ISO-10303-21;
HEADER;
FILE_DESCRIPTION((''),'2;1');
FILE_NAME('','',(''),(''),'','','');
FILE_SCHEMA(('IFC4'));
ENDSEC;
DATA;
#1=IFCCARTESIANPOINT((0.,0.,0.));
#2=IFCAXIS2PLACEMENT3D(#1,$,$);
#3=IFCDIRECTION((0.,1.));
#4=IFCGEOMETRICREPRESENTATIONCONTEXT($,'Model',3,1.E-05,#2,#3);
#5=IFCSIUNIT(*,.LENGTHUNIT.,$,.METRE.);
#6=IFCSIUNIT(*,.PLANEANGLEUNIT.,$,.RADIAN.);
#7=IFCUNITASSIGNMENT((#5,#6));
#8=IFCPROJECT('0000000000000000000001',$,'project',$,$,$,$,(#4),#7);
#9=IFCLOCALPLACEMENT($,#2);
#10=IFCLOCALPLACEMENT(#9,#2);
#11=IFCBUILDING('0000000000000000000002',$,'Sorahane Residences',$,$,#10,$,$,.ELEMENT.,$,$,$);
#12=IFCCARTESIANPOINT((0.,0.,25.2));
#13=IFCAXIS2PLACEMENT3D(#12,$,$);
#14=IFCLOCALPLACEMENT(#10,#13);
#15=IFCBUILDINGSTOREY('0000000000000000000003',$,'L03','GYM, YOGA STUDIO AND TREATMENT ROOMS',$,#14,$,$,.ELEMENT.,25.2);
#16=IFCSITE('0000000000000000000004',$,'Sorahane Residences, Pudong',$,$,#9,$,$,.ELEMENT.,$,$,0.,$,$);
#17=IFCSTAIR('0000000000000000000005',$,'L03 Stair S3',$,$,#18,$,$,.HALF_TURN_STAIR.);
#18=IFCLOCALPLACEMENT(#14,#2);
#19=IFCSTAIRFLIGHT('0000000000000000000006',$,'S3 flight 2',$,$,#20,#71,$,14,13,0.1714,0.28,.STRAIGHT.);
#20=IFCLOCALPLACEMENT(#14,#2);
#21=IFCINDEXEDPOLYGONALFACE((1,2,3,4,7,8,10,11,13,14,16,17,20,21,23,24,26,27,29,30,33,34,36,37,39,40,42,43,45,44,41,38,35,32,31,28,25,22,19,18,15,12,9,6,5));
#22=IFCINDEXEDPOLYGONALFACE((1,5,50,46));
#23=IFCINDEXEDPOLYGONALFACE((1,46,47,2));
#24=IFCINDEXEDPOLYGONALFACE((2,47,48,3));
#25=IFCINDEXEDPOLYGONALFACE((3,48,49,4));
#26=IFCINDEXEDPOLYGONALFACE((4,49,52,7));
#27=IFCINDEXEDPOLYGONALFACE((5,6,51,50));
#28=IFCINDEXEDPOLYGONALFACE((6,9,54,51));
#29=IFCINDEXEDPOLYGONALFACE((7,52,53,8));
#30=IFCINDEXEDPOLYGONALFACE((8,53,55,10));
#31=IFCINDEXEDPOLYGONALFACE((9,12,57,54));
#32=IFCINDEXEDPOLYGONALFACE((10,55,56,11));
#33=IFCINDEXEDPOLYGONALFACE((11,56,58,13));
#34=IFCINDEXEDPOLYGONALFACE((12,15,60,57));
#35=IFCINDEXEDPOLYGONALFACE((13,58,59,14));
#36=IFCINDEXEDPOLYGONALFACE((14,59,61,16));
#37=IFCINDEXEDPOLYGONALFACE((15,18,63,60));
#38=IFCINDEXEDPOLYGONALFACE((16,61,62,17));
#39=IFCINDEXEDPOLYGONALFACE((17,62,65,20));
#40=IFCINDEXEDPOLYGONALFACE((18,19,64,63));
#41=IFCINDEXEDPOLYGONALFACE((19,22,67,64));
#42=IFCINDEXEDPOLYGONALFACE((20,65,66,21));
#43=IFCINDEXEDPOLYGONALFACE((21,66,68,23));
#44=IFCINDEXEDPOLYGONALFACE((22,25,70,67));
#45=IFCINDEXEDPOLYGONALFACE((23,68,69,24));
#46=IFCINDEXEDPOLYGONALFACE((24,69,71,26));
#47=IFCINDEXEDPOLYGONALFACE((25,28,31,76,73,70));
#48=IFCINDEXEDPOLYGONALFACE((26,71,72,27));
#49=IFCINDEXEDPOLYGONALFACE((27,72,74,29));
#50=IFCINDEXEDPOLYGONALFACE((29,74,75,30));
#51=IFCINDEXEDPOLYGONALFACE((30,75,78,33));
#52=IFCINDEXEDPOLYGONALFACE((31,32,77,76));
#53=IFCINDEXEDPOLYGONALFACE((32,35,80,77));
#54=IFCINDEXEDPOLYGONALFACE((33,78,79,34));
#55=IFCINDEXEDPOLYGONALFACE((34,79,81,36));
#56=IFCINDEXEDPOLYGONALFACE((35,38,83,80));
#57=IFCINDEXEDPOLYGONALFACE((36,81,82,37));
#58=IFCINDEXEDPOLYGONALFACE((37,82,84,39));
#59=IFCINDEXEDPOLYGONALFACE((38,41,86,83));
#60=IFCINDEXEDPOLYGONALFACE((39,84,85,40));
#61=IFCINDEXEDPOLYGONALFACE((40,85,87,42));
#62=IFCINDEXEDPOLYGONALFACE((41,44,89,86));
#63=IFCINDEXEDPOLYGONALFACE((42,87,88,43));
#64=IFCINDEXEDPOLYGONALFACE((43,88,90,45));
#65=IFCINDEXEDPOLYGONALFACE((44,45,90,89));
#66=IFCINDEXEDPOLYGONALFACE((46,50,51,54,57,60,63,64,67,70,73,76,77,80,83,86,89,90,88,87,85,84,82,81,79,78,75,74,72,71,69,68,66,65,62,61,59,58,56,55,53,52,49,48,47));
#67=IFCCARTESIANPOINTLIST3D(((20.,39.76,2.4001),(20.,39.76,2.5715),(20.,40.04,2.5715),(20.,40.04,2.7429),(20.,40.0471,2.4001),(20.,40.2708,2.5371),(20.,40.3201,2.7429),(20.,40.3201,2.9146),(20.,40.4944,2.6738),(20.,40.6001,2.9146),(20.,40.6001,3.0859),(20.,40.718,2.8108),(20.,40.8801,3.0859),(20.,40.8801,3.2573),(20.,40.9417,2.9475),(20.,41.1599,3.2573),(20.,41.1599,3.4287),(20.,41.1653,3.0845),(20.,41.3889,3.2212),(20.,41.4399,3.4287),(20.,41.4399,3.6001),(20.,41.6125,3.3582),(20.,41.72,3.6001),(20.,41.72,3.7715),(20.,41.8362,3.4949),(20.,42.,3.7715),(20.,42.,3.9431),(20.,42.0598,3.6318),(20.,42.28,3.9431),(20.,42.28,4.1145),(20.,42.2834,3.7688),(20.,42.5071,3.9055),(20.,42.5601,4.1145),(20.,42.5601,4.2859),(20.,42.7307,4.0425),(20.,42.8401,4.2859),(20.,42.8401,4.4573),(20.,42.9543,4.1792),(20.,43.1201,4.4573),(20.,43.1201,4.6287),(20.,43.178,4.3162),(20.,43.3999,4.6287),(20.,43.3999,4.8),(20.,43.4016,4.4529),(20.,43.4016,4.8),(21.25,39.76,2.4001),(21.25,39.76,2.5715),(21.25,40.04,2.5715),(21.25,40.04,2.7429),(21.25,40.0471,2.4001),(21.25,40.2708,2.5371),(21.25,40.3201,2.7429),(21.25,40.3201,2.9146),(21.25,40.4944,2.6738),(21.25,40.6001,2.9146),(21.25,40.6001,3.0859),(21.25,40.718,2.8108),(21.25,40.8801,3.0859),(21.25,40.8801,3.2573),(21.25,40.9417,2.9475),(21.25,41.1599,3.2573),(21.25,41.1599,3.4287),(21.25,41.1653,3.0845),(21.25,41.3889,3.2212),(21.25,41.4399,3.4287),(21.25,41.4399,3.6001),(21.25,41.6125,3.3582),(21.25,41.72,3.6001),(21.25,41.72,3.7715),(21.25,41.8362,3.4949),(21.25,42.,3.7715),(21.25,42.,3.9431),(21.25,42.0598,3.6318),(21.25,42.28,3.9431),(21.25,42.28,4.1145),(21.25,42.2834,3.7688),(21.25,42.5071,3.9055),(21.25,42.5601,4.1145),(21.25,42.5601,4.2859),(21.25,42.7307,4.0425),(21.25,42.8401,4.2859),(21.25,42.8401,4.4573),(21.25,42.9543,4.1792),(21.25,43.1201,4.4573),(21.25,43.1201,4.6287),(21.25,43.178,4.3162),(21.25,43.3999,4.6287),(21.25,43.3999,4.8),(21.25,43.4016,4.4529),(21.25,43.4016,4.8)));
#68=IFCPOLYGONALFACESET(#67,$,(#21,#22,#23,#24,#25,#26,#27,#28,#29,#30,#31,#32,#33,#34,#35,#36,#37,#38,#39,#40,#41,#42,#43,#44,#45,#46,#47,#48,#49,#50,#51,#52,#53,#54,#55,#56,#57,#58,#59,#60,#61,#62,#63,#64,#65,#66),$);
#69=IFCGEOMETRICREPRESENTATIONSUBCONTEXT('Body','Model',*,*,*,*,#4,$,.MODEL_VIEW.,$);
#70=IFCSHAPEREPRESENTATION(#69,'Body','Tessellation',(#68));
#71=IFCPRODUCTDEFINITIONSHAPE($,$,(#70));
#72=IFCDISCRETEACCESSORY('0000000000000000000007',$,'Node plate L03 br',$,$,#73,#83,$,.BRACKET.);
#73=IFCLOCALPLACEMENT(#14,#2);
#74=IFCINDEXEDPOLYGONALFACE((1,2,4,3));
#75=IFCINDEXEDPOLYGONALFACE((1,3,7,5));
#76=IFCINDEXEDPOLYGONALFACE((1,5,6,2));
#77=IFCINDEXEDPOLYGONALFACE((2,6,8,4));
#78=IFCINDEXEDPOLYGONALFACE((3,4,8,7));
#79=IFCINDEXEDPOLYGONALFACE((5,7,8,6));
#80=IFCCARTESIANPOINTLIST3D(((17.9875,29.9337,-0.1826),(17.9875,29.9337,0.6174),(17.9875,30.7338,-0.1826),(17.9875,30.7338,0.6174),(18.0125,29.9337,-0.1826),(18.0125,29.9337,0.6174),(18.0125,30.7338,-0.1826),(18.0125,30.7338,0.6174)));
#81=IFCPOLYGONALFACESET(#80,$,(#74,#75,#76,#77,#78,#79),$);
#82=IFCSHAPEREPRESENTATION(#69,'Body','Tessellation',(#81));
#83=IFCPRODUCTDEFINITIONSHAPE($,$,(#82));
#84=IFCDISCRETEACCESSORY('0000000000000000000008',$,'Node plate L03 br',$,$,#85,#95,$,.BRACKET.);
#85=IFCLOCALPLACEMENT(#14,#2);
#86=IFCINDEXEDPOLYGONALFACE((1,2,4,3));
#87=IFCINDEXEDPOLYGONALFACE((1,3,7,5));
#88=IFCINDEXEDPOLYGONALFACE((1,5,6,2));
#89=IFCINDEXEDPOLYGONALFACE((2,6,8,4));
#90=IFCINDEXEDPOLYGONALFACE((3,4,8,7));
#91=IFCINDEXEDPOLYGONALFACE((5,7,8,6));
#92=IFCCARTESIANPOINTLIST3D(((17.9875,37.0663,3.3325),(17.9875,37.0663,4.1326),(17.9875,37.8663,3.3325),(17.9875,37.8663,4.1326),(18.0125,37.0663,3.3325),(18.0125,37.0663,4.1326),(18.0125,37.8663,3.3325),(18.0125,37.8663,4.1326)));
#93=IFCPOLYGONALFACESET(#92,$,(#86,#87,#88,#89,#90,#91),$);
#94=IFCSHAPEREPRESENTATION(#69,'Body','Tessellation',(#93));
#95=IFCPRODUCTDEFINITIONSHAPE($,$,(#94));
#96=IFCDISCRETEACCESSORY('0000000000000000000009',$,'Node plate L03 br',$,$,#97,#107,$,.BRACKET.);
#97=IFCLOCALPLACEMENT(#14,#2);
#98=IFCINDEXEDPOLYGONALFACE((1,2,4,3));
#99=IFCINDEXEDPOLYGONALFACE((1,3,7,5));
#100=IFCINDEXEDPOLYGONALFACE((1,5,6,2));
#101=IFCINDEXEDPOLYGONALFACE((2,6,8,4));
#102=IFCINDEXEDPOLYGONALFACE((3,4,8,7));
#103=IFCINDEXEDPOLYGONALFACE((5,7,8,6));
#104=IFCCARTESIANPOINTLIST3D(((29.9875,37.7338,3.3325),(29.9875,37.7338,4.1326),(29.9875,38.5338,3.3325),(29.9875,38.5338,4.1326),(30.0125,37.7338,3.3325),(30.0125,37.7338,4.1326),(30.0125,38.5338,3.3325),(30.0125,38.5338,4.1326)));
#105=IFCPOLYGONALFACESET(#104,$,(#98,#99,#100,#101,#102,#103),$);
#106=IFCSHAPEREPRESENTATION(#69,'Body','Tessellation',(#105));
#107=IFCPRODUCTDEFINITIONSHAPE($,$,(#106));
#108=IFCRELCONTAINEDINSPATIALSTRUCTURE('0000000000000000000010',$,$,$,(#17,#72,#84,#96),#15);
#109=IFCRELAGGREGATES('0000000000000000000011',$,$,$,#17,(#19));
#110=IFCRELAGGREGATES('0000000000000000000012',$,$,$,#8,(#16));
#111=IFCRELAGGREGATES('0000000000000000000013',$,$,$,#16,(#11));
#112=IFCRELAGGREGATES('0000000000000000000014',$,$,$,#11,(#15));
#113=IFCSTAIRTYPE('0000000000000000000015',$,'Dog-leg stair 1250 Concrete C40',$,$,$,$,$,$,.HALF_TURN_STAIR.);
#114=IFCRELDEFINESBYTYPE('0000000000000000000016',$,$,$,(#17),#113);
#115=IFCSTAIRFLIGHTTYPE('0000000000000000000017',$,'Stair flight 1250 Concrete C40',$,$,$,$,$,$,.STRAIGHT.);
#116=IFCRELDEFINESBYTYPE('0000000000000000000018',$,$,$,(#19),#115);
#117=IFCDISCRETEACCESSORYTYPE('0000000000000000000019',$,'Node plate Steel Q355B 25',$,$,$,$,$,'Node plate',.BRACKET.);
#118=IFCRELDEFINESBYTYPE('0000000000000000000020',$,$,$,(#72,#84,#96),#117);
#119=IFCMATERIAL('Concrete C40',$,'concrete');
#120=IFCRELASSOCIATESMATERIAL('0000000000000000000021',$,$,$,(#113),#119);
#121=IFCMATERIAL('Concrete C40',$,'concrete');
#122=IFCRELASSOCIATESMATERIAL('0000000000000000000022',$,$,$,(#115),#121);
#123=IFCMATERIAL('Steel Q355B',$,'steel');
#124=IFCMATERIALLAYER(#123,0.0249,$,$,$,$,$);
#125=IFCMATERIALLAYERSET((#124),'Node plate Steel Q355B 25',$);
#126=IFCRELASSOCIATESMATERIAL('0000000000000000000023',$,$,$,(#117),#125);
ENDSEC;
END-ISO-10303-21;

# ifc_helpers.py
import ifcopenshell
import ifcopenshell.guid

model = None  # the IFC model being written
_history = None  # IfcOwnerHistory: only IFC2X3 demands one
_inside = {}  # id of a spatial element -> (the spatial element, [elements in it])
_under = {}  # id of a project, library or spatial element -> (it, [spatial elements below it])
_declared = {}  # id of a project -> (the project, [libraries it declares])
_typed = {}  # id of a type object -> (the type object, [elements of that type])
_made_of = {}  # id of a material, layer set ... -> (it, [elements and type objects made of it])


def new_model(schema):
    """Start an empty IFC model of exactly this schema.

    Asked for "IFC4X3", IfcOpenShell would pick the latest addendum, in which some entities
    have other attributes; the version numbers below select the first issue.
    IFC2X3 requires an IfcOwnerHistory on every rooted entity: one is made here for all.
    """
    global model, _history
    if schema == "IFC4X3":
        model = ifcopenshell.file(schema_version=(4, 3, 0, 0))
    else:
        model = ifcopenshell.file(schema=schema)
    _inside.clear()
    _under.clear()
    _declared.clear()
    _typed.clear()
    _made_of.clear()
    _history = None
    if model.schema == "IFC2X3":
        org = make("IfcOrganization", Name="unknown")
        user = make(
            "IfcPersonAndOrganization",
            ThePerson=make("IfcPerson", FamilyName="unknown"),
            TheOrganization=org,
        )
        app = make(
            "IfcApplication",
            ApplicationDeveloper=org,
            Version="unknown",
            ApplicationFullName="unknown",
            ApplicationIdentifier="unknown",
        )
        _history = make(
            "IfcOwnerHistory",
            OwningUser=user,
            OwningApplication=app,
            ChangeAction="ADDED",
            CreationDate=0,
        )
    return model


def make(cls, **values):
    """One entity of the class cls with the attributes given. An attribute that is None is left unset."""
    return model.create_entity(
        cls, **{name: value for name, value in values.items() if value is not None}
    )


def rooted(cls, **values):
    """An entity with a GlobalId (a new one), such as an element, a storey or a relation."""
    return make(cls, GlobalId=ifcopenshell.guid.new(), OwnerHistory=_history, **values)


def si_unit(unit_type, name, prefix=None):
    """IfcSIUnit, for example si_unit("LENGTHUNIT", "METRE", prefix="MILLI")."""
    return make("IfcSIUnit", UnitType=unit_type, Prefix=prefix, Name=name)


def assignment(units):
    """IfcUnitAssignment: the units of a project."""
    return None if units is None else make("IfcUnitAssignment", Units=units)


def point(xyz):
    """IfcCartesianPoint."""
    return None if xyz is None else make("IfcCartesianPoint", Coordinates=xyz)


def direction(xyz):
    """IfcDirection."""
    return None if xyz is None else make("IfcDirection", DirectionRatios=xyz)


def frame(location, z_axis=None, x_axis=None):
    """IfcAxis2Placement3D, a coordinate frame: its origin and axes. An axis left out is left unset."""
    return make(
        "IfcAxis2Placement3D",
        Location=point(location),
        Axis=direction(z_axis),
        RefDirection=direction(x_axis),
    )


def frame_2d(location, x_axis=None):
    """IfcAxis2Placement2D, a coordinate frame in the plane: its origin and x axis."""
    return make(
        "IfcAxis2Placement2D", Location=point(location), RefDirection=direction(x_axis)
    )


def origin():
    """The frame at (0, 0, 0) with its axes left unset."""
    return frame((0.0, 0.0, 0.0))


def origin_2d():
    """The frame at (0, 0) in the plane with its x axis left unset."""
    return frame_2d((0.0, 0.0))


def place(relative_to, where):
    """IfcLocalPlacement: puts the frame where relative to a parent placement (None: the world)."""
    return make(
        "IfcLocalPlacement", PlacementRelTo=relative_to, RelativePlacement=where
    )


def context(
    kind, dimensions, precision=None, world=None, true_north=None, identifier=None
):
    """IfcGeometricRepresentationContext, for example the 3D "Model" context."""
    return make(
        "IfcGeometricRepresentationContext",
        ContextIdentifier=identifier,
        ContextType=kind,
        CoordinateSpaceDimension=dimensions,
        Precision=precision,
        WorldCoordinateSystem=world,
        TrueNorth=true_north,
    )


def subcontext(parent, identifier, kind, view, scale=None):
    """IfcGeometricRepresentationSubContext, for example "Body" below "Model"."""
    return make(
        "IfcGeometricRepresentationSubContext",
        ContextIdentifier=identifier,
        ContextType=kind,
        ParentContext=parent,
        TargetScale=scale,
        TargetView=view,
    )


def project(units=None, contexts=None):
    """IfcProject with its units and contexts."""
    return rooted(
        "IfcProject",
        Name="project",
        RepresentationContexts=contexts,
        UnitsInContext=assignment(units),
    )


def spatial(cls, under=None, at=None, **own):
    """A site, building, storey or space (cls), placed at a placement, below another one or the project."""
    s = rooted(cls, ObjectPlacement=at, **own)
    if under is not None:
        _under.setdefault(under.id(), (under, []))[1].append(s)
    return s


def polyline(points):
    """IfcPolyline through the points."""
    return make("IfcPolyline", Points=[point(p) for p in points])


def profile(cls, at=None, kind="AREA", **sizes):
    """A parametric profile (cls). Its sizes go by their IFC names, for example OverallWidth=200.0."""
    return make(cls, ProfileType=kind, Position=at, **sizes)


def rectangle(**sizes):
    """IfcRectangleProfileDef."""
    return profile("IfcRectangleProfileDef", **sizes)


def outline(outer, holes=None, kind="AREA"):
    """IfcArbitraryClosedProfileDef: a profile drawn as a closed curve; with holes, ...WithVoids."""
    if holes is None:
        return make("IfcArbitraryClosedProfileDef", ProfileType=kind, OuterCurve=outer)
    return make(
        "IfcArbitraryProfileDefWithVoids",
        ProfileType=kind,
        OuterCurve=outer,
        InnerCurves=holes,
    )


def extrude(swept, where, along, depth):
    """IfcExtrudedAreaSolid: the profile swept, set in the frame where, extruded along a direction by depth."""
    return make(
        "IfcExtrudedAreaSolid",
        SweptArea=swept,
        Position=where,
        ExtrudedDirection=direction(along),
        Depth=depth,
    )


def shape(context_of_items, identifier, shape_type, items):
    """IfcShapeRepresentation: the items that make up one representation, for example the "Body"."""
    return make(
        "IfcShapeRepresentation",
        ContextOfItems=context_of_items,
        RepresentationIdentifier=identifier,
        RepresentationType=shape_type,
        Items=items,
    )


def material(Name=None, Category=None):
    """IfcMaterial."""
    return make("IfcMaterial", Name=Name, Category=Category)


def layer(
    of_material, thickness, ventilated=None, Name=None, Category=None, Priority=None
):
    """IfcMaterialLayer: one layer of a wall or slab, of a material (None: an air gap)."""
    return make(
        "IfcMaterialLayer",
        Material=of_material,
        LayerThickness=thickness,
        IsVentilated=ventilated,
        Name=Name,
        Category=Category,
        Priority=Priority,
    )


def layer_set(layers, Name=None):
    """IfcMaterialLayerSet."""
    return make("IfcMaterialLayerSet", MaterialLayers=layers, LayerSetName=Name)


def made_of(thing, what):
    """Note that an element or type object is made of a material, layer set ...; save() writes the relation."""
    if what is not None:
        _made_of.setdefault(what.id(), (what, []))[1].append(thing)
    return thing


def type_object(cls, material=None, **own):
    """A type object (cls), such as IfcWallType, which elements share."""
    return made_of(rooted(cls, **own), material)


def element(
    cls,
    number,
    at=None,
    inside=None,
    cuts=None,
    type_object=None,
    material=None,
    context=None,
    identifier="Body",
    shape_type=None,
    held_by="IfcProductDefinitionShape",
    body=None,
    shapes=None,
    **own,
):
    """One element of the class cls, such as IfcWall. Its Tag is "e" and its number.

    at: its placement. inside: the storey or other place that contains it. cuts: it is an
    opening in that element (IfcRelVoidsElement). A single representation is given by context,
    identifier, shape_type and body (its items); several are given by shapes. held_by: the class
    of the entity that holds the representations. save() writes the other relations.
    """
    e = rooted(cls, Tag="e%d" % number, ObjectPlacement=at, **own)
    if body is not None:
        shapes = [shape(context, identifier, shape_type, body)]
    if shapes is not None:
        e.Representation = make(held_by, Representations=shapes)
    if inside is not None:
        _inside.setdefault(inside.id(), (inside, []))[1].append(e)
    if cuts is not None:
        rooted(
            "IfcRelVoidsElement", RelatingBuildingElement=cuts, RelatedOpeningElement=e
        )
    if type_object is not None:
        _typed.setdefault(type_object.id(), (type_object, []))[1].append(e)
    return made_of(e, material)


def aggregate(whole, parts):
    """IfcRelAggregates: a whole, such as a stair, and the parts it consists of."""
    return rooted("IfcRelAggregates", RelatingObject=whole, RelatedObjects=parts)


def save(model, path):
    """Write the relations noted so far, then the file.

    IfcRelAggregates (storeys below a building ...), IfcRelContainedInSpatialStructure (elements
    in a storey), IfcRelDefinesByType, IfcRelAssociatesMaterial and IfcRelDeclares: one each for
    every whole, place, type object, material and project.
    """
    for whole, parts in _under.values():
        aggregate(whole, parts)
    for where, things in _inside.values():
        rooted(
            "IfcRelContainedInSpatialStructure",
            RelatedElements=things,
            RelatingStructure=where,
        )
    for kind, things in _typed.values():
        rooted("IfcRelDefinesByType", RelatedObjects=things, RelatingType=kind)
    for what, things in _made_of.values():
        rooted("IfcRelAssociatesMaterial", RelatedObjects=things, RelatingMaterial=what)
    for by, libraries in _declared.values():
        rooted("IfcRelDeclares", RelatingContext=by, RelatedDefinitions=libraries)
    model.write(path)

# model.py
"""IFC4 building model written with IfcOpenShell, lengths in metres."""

from ifc_helpers import new_model, si_unit, direction, frame, origin, origin_2d, place, context, subcontext, project, spatial, polyline, rectangle, outline, extrude, material, layer, layer_set, type_object, element, aggregate, save


model = new_model("IFC4")

# Units and contexts
model_context = context("Model", 3, precision=1e-05, world=origin(), true_north=direction((0.0, 1.0)))
body_context = subcontext(model_context, "Body", "Model", "MODEL_VIEW")
ifc_project = project(units=[si_unit("LENGTHUNIT", "METRE"), si_unit("PLANEANGLEUNIT", "RADIAN")], contexts=[model_context])

# Site, building, storey
site_placement = place(None, origin())
site = spatial("IfcSite", under=ifc_project, at=site_placement, Name="Sorahane Residences, Pudong", CompositionType="ELEMENT", RefElevation=0.0)
building_placement = place(site_placement, origin())
building = spatial("IfcBuilding", under=site, at=building_placement, Name="Sorahane Residences", CompositionType="ELEMENT")
storey_placement = place(building_placement, frame((0.0, 0.0, 25.2)))
storey = spatial("IfcBuildingStorey", under=building, at=storey_placement, Name="L03", Description="GYM, YOGA STUDIO AND TREATMENT ROOMS", CompositionType="ELEMENT", Elevation=25.2)

# Stair, stair flight
ifc_material_1 = material(Name="Concrete C40", Category="concrete")
stair_type = type_object("IfcStairType", Name="Dog-leg stair 1250 Concrete C40", PredefinedType="HALF_TURN_STAIR", material=ifc_material_1)
stair_placement = place(storey_placement, origin())
stair = element("IfcStair", 1, at=stair_placement, inside=storey, type_object=stair_type, Name="L03 Stair S3", PredefinedType="HALF_TURN_STAIR")
ifc_material_2 = material(Name="Concrete C40", Category="concrete")
stair_flight_type = type_object("IfcStairFlightType", Name="Stair flight 1250 Concrete C40", PredefinedType="STRAIGHT", material=ifc_material_2)
stair_flight_placement = place(storey_placement, frame((20.625, 39.76, 2.4001), z_axis=(0.0, 0.0, 1.0), x_axis=(0.0, 1.0, 0.0)))
stair_flight = element("IfcStairFlight", 2, at=stair_flight_placement, type_object=stair_flight_type, Name="S3 flight 2", NumberOfRisers=14, NumberOfTreads=13, PredefinedType="STRAIGHT", RiserHeight=0.1714, TreadLength=0.28, context=body_context, shape_type="SweptSolid", body=[
    extrude(outline(polyline([(0.0, 0.0), (0.0, 0.1714), (0.28, 0.1714), (0.28, 0.3428), (0.5601, 0.3428), (0.5601, 0.5144), (0.8401, 0.5144), (0.8401, 0.6858), (1.1201, 0.6858), (1.1201, 0.8572), (1.3999, 0.8572), (1.3999, 1.0286), (1.6799, 1.0286), (1.6799, 1.2), (1.96, 1.2), (1.96, 1.3713), (2.24, 1.3713), (2.24, 1.543), (2.52, 1.543), (2.52, 1.7144), (2.8, 1.7144), (2.8, 1.8857), (3.0801, 1.8857), (3.0801, 2.0571), (3.3601, 2.0571), (3.3601, 2.2285), (3.6399, 2.2285), (3.6399, 2.3999), (3.6416, 2.3999), (3.6416, 2.0527), (3.418, 1.916), (3.1943, 1.7791), (2.9707, 1.6423), (2.7471, 1.5054), (2.5234, 1.3687), (2.2998, 1.2317), (2.0762, 1.0947), (1.8525, 0.958), (1.6289, 0.821), (1.4053, 0.6843), (1.1816, 0.5474), (0.958, 0.4106), (0.7344, 0.2737), (0.5107, 0.137), (0.2871, 0.0), (0.0, 0.0)])), frame((0.0, 0.625, 0.0), z_axis=(0.0, -1.0, 0.0), x_axis=(1.0, 0.0, 0.0)), (0.0, 0.0, 1.0), 1.25),
])
aggregate(stair, [stair_flight])

# Discrete accessories
ifc_material_3 = material(Name="Steel Q355B", Category="steel")
ifc_layer_1 = layer(ifc_material_3, 0.0249)
ifc_layer_set_1 = layer_set([ifc_layer_1], Name="Node plate Steel Q355B 25")
discrete_accessory_type = type_object("IfcDiscreteAccessoryType", Name="Node plate Steel Q355B 25", ElementType="Node plate", PredefinedType="BRACKET", material=ifc_layer_set_1)
for number, where, z_axis, x_axis, name in (
    (3, (18.0, 30.3337, -0.1826), (0.0, 0.0, 1.0), (0.0, 1.0, 0.0), "Node plate L03 br"),
    (4, (18.0, 37.4663, 3.3325), (0.0, 0.0, 1.0), (0.0, 1.0, 0.0), "Node plate L03 br"),
    (5, (30.0, 38.1338, 3.3325), (0.0, 0.0, 1.0), (0.0, 1.0, 0.0), "Node plate L03 br"),
):
    element("IfcDiscreteAccessory", number, at=place(storey_placement, frame(where, z_axis=z_axis, x_axis=x_axis)), inside=storey, type_object=discrete_accessory_type, Name=name, PredefinedType="BRACKET", context=body_context, shape_type="SweptSolid", body=[
        extrude(rectangle(XDim=0.8, YDim=0.0249, at=origin_2d()), origin(), (0.0, 0.0, 1.0), 0.8),
    ])

save(model, "model.ifc")
